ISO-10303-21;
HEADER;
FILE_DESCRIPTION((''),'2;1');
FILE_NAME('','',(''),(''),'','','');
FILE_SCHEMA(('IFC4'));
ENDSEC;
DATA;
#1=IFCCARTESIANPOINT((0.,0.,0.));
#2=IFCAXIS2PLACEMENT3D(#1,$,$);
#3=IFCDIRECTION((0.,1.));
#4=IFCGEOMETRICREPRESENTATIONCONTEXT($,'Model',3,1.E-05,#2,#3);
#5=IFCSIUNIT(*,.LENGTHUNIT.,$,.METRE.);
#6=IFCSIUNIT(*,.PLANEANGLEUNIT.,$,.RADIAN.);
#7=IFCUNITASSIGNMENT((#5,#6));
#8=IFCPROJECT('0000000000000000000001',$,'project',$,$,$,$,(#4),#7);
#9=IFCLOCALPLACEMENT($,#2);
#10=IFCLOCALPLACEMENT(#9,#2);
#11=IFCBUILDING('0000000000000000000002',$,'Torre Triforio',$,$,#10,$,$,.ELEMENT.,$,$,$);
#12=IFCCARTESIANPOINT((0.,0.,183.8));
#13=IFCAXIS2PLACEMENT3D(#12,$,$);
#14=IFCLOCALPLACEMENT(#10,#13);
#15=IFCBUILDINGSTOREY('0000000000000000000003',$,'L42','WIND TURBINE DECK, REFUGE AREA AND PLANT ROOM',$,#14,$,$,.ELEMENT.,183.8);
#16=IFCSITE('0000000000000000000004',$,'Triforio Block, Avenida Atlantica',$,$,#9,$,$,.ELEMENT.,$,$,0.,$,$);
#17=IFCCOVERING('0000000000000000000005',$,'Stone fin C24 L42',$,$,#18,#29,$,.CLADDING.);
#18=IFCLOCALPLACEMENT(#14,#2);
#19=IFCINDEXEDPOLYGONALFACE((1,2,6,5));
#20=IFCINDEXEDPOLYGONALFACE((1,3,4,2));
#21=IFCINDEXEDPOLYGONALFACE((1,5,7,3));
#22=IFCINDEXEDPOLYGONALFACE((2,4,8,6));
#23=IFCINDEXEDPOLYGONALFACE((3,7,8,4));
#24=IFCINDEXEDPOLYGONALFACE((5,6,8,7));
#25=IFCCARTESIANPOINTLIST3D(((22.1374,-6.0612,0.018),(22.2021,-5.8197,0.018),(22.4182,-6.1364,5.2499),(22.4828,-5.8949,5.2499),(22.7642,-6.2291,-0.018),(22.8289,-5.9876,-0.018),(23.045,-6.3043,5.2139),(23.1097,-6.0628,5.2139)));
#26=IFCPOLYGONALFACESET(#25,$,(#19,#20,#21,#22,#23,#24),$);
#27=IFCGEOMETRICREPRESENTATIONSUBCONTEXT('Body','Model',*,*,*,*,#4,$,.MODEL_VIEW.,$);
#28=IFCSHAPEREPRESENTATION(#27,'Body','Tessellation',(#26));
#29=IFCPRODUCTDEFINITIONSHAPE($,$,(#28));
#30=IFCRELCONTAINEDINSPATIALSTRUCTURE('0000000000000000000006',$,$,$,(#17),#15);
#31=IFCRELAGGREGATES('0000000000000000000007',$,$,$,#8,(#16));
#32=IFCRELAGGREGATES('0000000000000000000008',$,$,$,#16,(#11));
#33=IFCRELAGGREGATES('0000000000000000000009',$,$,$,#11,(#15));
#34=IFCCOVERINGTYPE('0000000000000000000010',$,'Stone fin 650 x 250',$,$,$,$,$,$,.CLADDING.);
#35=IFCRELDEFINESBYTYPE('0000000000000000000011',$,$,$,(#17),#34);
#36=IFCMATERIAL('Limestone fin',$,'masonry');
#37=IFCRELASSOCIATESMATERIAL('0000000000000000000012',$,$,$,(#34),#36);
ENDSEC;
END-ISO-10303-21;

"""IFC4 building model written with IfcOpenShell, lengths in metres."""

from ifc_helpers import new_model, si_unit, direction, frame, origin, origin_2d, place, context, subcontext, project, spatial, rectangle, extrude, material, material_profile, profile_set, type_object, element, save


model = new_model("IFC4")

# Units and contexts
model_context = context("Model", 3, precision=1e-05, world=origin(), true_north=direction((0.0, 1.0)))
body_context = subcontext(model_context, "Body", "Model", "MODEL_VIEW")
ifc_project = project(units=[si_unit("LENGTHUNIT", "METRE"), si_unit("PLANEANGLEUNIT", "RADIAN")], contexts=[model_context])

# Site, building, storey
site_placement = place(None, origin())
site = spatial("IfcSite", under=ifc_project, at=site_placement, Name="Triforio Block, Avenida Atlantica", CompositionType="ELEMENT", RefElevation=0.0)
building_placement = place(site_placement, origin())
building = spatial("IfcBuilding", under=site, at=building_placement, Name="Torre Triforio", CompositionType="ELEMENT")
storey_placement = place(building_placement, frame((0.0, 0.0, 183.8)))
storey = spatial("IfcBuildingStorey", under=building, at=storey_placement, Name="L42", Description="WIND TURBINE DECK, REFUGE AREA AND PLANT ROOM", CompositionType="ELEMENT", Elevation=183.8)

# Covering
ifc_material_1 = material(Name="Limestone fin", Category="masonry")
ifc_material_profile_1 = material_profile(ifc_material_1, rectangle(XDim=0.6499, YDim=0.25, at=origin_2d()), Name="FIN 650x250")
ifc_profile_set_1 = profile_set([ifc_material_profile_1], Name="Limestone fin")
covering_type_1 = type_object("IfcCoveringType", Name="Stone fin 650 x 250", PredefinedType="CLADDING", material=ifc_profile_set_1)
covering_1_placement = place(storey_placement, frame((22.4832, -6.0244, 0.0), z_axis=(0.05358, -0.01435, 0.99846), x_axis=(-0.964468, 0.25831, 0.055469)))
element("IfcCovering", 1, at=covering_1_placement, inside=storey, type_object=covering_type_1, Name="Stone fin C24 L42", PredefinedType="CLADDING", context=body_context, shape_type="SweptSolid", body=[
    extrude(rectangle(XDim=0.6499, YDim=0.25, at=origin_2d()), origin(), (0.0, 0.0, 1.0), 5.24),
])

save(model, "model.ifc")
